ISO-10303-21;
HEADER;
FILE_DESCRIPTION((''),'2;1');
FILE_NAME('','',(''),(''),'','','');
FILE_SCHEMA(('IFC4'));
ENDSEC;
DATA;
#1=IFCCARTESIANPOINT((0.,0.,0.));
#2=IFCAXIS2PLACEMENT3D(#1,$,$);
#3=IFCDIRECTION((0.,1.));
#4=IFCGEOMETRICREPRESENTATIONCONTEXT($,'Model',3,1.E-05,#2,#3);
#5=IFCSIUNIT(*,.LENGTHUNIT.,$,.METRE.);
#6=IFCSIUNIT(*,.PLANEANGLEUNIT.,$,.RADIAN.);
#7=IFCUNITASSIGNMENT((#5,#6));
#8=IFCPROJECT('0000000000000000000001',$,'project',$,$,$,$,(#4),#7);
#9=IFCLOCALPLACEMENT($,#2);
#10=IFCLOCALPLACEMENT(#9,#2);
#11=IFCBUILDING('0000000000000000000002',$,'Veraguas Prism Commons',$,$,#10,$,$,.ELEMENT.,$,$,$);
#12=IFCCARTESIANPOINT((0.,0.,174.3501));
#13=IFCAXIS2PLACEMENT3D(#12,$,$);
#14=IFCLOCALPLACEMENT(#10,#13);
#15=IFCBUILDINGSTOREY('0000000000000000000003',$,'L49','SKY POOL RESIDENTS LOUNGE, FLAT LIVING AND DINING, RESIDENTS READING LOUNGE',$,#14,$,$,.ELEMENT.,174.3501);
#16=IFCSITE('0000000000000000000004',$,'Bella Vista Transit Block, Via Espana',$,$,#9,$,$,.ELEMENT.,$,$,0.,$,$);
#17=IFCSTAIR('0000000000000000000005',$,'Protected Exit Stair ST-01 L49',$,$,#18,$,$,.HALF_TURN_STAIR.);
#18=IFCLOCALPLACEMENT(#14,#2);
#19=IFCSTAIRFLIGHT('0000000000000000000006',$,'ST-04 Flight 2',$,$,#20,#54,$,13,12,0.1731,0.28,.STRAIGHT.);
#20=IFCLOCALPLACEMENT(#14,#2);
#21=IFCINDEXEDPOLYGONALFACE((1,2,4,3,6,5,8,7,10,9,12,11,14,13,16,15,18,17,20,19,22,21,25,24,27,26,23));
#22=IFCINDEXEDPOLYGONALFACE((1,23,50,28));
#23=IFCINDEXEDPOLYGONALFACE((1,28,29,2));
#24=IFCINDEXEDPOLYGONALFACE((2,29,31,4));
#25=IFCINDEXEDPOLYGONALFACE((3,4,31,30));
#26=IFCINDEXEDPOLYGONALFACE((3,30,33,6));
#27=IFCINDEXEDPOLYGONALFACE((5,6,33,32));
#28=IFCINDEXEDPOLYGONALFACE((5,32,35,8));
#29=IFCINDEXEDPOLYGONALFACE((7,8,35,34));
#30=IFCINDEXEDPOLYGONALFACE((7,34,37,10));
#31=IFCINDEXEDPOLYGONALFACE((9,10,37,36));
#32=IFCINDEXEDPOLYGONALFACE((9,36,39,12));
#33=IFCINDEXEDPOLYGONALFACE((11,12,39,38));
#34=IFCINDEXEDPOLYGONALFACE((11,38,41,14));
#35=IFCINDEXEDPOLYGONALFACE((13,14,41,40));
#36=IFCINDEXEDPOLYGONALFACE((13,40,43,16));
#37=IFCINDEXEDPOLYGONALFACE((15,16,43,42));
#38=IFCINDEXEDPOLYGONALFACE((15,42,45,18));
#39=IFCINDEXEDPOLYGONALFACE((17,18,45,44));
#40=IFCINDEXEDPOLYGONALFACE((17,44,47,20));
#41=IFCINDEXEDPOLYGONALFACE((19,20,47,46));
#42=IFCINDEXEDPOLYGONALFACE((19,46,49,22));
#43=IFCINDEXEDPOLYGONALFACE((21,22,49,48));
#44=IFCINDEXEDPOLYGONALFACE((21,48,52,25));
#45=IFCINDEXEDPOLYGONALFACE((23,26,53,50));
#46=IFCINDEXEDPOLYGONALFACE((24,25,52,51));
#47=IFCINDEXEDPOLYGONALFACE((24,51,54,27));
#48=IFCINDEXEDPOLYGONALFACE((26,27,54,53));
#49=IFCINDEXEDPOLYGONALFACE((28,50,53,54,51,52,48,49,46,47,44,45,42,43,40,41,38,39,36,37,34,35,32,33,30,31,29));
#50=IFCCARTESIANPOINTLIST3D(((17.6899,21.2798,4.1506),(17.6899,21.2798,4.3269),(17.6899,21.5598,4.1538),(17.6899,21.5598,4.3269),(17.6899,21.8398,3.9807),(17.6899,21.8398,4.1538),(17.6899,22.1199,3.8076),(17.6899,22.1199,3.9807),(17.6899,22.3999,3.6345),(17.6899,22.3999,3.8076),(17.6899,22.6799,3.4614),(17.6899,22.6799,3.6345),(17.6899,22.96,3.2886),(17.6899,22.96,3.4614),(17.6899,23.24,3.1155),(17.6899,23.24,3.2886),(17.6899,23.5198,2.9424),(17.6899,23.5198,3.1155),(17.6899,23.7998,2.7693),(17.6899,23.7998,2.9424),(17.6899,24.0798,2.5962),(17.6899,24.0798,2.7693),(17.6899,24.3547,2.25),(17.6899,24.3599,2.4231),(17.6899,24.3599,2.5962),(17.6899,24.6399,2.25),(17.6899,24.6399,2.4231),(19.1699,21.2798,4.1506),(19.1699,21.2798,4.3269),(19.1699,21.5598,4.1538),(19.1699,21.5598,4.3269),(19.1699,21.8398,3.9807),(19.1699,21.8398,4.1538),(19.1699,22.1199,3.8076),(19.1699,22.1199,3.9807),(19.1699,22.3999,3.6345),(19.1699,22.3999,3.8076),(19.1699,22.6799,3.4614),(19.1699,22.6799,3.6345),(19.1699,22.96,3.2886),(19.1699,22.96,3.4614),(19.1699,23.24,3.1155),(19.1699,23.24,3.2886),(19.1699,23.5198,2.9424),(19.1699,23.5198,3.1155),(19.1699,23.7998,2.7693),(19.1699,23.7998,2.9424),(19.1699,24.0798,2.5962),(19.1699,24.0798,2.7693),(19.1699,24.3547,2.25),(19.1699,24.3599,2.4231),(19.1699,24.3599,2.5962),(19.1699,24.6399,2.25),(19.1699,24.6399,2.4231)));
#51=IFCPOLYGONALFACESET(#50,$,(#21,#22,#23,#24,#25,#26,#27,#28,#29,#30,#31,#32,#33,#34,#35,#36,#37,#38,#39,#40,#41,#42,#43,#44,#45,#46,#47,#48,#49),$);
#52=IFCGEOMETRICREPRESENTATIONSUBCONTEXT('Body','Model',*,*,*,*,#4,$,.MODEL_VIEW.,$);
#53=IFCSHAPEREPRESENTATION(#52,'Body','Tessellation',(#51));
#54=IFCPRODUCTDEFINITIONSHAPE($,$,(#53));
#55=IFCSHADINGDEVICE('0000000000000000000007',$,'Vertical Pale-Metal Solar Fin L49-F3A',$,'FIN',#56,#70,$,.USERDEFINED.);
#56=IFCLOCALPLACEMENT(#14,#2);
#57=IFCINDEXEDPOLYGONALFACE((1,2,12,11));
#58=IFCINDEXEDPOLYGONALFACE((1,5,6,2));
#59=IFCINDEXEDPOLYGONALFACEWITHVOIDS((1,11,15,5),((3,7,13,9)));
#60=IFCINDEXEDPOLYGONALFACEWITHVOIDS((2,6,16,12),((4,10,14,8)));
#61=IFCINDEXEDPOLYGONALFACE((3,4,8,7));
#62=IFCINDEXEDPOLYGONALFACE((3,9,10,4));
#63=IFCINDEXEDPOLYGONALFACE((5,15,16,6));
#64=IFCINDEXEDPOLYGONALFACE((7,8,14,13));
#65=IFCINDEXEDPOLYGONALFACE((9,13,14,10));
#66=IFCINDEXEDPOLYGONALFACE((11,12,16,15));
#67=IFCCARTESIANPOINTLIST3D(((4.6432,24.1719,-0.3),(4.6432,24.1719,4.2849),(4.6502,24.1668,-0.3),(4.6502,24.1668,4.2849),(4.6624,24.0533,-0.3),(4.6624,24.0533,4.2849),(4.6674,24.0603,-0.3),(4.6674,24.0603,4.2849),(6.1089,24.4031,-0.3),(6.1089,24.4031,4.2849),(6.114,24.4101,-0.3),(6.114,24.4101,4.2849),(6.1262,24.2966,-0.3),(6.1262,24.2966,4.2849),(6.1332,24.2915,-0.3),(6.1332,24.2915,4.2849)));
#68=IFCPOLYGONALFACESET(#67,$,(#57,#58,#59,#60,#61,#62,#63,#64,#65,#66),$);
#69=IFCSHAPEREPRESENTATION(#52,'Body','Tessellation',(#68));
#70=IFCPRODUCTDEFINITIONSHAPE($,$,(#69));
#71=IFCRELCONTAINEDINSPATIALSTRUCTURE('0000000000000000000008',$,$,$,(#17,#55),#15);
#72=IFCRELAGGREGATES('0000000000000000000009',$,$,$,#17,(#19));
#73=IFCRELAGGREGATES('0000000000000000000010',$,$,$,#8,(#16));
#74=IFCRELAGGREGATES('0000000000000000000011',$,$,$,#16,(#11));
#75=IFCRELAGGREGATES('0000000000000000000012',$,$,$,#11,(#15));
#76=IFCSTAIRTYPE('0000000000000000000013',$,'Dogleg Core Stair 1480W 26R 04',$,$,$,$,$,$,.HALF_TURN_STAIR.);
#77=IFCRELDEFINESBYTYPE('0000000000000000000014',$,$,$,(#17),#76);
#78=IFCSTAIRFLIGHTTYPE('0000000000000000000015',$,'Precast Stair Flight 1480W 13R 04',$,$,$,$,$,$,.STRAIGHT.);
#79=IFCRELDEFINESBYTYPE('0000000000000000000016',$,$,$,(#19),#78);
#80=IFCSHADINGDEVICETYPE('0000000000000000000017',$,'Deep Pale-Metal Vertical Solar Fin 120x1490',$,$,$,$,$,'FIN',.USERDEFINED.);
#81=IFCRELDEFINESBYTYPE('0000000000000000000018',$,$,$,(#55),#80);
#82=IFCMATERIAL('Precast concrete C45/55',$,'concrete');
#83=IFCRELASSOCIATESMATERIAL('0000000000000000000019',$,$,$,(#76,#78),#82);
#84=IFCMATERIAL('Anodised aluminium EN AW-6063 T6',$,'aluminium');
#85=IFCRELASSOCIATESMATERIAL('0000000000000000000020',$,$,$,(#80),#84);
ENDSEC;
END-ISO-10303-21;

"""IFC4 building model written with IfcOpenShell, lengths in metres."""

from ifc_helpers import new_model, si_unit, direction, frame, origin, origin_2d, place, context, subcontext, project, spatial, polyline, hollow_rectangle, outline, extrude, material, material_profile, profile_set, type_object, element, aggregate, save


model = new_model("IFC4")

# Units and contexts
model_context = context("Model", 3, precision=1e-05, world=origin(), true_north=direction((0.0, 1.0)))
body_context = subcontext(model_context, "Body", "Model", "MODEL_VIEW")
ifc_project = project(units=[si_unit("LENGTHUNIT", "METRE"), si_unit("PLANEANGLEUNIT", "RADIAN")], contexts=[model_context])

# Site, building, storey
site_placement = place(None, origin())
site = spatial("IfcSite", under=ifc_project, at=site_placement, Name="Bella Vista Transit Block, Via Espana", CompositionType="ELEMENT", RefElevation=0.0)
building_placement = place(site_placement, origin())
building = spatial("IfcBuilding", under=site, at=building_placement, Name="Veraguas Prism Commons", CompositionType="ELEMENT")
storey_placement = place(building_placement, frame((0.0, 0.0, 174.3501)))
storey = spatial("IfcBuildingStorey", under=building, at=storey_placement, Name="L49", Description="SKY POOL RESIDENTS LOUNGE, FLAT LIVING AND DINING, RESIDENTS READING LOUNGE", CompositionType="ELEMENT", Elevation=174.3501)

# Shared definitions
ifc_material_1 = material(Name="Anodised aluminium EN AW-6063 T6", Category="aluminium")

# Stair, stair flight
ifc_material_2 = material(Name="Precast concrete C45/55", Category="concrete")
stair_type = type_object("IfcStairType", Name="Dogleg Core Stair 1480W 26R 04", PredefinedType="HALF_TURN_STAIR", material=ifc_material_2)
stair_placement = place(storey_placement, origin())
stair = element("IfcStair", 1, at=stair_placement, inside=storey, type_object=stair_type, Name="Protected Exit Stair ST-01 L49", PredefinedType="HALF_TURN_STAIR")
stair_flight_type = type_object("IfcStairFlightType", Name="Precast Stair Flight 1480W 13R 04", PredefinedType="STRAIGHT", material=ifc_material_2)
stair_flight_placement = place(storey_placement, frame((18.4299, 24.6399, 2.25), z_axis=(0.0, 0.0, 1.0), x_axis=(0.0, -1.0, 0.0)))
stair_flight = element("IfcStairFlight", 2, at=stair_flight_placement, type_object=stair_flight_type, Name="ST-04 Flight 2", NumberOfRisers=13, NumberOfTreads=12, PredefinedType="STRAIGHT", RiserHeight=0.1731, TreadLength=0.28, context=body_context, shape_type="SweptSolid", body=[
    extrude(outline(polyline([(0.0, 0.0), (0.0, 0.1731), (0.28, 0.1731), (0.28, 0.3462), (0.5601, 0.3462), (0.5601, 0.5193), (0.8401, 0.5193), (0.8401, 0.6924), (1.1201, 0.6924), (1.1201, 0.8655), (1.3999, 0.8655), (1.3999, 1.0386), (1.6799, 1.0386), (1.6799, 1.2114), (1.96, 1.2114), (1.96, 1.3845), (2.24, 1.3845), (2.24, 1.5576), (2.52, 1.5576), (2.52, 1.7307), (2.8, 1.7307), (2.8, 1.9038), (3.0801, 1.9038), (3.0801, 2.0769), (3.3601, 2.0769), (3.3601, 2.25), (3.3601, 1.9006), (0.2852, 0.0), (0.0, 0.0)])), frame((0.0, 0.74, 0.0), z_axis=(0.0, -1.0, 0.0), x_axis=(1.0, 0.0, 0.0)), (0.0, 0.0, 1.0), 1.48),
])
aggregate(stair, [stair_flight])

# Shading device
ifc_material_profile_1 = material_profile(ifc_material_1, hollow_rectangle(XDim=0.1201, YDim=1.49, WallThickness=0.0061, at=origin_2d()), Name="FIN120X1490X6")
ifc_profile_set_1 = profile_set([ifc_material_profile_1], Name="Anodised aluminium EN AW-6063 T6")
shading_device_type = type_object("IfcShadingDeviceType", Name="Deep Pale-Metal Vertical Solar Fin 120x1490", ElementType="FIN", PredefinedType="USERDEFINED", material=ifc_profile_set_1)
shading_device_placement = place(storey_placement, frame((5.3882, 24.2317, -0.3), z_axis=(0.0, 0.0, 1.0), x_axis=(0.159876, -0.987137, 0.0)))
element("IfcShadingDevice", 3, at=shading_device_placement, inside=storey, type_object=shading_device_type, Name="Vertical Pale-Metal Solar Fin L49-F3A", ObjectType="FIN", PredefinedType="USERDEFINED", context=body_context, shape_type="SweptSolid", body=[
    extrude(hollow_rectangle(XDim=0.1201, YDim=1.49, WallThickness=0.0061, at=origin_2d()), origin(), (0.0, 0.0, 1.0), 4.585),
])

save(model, "model.ifc")
